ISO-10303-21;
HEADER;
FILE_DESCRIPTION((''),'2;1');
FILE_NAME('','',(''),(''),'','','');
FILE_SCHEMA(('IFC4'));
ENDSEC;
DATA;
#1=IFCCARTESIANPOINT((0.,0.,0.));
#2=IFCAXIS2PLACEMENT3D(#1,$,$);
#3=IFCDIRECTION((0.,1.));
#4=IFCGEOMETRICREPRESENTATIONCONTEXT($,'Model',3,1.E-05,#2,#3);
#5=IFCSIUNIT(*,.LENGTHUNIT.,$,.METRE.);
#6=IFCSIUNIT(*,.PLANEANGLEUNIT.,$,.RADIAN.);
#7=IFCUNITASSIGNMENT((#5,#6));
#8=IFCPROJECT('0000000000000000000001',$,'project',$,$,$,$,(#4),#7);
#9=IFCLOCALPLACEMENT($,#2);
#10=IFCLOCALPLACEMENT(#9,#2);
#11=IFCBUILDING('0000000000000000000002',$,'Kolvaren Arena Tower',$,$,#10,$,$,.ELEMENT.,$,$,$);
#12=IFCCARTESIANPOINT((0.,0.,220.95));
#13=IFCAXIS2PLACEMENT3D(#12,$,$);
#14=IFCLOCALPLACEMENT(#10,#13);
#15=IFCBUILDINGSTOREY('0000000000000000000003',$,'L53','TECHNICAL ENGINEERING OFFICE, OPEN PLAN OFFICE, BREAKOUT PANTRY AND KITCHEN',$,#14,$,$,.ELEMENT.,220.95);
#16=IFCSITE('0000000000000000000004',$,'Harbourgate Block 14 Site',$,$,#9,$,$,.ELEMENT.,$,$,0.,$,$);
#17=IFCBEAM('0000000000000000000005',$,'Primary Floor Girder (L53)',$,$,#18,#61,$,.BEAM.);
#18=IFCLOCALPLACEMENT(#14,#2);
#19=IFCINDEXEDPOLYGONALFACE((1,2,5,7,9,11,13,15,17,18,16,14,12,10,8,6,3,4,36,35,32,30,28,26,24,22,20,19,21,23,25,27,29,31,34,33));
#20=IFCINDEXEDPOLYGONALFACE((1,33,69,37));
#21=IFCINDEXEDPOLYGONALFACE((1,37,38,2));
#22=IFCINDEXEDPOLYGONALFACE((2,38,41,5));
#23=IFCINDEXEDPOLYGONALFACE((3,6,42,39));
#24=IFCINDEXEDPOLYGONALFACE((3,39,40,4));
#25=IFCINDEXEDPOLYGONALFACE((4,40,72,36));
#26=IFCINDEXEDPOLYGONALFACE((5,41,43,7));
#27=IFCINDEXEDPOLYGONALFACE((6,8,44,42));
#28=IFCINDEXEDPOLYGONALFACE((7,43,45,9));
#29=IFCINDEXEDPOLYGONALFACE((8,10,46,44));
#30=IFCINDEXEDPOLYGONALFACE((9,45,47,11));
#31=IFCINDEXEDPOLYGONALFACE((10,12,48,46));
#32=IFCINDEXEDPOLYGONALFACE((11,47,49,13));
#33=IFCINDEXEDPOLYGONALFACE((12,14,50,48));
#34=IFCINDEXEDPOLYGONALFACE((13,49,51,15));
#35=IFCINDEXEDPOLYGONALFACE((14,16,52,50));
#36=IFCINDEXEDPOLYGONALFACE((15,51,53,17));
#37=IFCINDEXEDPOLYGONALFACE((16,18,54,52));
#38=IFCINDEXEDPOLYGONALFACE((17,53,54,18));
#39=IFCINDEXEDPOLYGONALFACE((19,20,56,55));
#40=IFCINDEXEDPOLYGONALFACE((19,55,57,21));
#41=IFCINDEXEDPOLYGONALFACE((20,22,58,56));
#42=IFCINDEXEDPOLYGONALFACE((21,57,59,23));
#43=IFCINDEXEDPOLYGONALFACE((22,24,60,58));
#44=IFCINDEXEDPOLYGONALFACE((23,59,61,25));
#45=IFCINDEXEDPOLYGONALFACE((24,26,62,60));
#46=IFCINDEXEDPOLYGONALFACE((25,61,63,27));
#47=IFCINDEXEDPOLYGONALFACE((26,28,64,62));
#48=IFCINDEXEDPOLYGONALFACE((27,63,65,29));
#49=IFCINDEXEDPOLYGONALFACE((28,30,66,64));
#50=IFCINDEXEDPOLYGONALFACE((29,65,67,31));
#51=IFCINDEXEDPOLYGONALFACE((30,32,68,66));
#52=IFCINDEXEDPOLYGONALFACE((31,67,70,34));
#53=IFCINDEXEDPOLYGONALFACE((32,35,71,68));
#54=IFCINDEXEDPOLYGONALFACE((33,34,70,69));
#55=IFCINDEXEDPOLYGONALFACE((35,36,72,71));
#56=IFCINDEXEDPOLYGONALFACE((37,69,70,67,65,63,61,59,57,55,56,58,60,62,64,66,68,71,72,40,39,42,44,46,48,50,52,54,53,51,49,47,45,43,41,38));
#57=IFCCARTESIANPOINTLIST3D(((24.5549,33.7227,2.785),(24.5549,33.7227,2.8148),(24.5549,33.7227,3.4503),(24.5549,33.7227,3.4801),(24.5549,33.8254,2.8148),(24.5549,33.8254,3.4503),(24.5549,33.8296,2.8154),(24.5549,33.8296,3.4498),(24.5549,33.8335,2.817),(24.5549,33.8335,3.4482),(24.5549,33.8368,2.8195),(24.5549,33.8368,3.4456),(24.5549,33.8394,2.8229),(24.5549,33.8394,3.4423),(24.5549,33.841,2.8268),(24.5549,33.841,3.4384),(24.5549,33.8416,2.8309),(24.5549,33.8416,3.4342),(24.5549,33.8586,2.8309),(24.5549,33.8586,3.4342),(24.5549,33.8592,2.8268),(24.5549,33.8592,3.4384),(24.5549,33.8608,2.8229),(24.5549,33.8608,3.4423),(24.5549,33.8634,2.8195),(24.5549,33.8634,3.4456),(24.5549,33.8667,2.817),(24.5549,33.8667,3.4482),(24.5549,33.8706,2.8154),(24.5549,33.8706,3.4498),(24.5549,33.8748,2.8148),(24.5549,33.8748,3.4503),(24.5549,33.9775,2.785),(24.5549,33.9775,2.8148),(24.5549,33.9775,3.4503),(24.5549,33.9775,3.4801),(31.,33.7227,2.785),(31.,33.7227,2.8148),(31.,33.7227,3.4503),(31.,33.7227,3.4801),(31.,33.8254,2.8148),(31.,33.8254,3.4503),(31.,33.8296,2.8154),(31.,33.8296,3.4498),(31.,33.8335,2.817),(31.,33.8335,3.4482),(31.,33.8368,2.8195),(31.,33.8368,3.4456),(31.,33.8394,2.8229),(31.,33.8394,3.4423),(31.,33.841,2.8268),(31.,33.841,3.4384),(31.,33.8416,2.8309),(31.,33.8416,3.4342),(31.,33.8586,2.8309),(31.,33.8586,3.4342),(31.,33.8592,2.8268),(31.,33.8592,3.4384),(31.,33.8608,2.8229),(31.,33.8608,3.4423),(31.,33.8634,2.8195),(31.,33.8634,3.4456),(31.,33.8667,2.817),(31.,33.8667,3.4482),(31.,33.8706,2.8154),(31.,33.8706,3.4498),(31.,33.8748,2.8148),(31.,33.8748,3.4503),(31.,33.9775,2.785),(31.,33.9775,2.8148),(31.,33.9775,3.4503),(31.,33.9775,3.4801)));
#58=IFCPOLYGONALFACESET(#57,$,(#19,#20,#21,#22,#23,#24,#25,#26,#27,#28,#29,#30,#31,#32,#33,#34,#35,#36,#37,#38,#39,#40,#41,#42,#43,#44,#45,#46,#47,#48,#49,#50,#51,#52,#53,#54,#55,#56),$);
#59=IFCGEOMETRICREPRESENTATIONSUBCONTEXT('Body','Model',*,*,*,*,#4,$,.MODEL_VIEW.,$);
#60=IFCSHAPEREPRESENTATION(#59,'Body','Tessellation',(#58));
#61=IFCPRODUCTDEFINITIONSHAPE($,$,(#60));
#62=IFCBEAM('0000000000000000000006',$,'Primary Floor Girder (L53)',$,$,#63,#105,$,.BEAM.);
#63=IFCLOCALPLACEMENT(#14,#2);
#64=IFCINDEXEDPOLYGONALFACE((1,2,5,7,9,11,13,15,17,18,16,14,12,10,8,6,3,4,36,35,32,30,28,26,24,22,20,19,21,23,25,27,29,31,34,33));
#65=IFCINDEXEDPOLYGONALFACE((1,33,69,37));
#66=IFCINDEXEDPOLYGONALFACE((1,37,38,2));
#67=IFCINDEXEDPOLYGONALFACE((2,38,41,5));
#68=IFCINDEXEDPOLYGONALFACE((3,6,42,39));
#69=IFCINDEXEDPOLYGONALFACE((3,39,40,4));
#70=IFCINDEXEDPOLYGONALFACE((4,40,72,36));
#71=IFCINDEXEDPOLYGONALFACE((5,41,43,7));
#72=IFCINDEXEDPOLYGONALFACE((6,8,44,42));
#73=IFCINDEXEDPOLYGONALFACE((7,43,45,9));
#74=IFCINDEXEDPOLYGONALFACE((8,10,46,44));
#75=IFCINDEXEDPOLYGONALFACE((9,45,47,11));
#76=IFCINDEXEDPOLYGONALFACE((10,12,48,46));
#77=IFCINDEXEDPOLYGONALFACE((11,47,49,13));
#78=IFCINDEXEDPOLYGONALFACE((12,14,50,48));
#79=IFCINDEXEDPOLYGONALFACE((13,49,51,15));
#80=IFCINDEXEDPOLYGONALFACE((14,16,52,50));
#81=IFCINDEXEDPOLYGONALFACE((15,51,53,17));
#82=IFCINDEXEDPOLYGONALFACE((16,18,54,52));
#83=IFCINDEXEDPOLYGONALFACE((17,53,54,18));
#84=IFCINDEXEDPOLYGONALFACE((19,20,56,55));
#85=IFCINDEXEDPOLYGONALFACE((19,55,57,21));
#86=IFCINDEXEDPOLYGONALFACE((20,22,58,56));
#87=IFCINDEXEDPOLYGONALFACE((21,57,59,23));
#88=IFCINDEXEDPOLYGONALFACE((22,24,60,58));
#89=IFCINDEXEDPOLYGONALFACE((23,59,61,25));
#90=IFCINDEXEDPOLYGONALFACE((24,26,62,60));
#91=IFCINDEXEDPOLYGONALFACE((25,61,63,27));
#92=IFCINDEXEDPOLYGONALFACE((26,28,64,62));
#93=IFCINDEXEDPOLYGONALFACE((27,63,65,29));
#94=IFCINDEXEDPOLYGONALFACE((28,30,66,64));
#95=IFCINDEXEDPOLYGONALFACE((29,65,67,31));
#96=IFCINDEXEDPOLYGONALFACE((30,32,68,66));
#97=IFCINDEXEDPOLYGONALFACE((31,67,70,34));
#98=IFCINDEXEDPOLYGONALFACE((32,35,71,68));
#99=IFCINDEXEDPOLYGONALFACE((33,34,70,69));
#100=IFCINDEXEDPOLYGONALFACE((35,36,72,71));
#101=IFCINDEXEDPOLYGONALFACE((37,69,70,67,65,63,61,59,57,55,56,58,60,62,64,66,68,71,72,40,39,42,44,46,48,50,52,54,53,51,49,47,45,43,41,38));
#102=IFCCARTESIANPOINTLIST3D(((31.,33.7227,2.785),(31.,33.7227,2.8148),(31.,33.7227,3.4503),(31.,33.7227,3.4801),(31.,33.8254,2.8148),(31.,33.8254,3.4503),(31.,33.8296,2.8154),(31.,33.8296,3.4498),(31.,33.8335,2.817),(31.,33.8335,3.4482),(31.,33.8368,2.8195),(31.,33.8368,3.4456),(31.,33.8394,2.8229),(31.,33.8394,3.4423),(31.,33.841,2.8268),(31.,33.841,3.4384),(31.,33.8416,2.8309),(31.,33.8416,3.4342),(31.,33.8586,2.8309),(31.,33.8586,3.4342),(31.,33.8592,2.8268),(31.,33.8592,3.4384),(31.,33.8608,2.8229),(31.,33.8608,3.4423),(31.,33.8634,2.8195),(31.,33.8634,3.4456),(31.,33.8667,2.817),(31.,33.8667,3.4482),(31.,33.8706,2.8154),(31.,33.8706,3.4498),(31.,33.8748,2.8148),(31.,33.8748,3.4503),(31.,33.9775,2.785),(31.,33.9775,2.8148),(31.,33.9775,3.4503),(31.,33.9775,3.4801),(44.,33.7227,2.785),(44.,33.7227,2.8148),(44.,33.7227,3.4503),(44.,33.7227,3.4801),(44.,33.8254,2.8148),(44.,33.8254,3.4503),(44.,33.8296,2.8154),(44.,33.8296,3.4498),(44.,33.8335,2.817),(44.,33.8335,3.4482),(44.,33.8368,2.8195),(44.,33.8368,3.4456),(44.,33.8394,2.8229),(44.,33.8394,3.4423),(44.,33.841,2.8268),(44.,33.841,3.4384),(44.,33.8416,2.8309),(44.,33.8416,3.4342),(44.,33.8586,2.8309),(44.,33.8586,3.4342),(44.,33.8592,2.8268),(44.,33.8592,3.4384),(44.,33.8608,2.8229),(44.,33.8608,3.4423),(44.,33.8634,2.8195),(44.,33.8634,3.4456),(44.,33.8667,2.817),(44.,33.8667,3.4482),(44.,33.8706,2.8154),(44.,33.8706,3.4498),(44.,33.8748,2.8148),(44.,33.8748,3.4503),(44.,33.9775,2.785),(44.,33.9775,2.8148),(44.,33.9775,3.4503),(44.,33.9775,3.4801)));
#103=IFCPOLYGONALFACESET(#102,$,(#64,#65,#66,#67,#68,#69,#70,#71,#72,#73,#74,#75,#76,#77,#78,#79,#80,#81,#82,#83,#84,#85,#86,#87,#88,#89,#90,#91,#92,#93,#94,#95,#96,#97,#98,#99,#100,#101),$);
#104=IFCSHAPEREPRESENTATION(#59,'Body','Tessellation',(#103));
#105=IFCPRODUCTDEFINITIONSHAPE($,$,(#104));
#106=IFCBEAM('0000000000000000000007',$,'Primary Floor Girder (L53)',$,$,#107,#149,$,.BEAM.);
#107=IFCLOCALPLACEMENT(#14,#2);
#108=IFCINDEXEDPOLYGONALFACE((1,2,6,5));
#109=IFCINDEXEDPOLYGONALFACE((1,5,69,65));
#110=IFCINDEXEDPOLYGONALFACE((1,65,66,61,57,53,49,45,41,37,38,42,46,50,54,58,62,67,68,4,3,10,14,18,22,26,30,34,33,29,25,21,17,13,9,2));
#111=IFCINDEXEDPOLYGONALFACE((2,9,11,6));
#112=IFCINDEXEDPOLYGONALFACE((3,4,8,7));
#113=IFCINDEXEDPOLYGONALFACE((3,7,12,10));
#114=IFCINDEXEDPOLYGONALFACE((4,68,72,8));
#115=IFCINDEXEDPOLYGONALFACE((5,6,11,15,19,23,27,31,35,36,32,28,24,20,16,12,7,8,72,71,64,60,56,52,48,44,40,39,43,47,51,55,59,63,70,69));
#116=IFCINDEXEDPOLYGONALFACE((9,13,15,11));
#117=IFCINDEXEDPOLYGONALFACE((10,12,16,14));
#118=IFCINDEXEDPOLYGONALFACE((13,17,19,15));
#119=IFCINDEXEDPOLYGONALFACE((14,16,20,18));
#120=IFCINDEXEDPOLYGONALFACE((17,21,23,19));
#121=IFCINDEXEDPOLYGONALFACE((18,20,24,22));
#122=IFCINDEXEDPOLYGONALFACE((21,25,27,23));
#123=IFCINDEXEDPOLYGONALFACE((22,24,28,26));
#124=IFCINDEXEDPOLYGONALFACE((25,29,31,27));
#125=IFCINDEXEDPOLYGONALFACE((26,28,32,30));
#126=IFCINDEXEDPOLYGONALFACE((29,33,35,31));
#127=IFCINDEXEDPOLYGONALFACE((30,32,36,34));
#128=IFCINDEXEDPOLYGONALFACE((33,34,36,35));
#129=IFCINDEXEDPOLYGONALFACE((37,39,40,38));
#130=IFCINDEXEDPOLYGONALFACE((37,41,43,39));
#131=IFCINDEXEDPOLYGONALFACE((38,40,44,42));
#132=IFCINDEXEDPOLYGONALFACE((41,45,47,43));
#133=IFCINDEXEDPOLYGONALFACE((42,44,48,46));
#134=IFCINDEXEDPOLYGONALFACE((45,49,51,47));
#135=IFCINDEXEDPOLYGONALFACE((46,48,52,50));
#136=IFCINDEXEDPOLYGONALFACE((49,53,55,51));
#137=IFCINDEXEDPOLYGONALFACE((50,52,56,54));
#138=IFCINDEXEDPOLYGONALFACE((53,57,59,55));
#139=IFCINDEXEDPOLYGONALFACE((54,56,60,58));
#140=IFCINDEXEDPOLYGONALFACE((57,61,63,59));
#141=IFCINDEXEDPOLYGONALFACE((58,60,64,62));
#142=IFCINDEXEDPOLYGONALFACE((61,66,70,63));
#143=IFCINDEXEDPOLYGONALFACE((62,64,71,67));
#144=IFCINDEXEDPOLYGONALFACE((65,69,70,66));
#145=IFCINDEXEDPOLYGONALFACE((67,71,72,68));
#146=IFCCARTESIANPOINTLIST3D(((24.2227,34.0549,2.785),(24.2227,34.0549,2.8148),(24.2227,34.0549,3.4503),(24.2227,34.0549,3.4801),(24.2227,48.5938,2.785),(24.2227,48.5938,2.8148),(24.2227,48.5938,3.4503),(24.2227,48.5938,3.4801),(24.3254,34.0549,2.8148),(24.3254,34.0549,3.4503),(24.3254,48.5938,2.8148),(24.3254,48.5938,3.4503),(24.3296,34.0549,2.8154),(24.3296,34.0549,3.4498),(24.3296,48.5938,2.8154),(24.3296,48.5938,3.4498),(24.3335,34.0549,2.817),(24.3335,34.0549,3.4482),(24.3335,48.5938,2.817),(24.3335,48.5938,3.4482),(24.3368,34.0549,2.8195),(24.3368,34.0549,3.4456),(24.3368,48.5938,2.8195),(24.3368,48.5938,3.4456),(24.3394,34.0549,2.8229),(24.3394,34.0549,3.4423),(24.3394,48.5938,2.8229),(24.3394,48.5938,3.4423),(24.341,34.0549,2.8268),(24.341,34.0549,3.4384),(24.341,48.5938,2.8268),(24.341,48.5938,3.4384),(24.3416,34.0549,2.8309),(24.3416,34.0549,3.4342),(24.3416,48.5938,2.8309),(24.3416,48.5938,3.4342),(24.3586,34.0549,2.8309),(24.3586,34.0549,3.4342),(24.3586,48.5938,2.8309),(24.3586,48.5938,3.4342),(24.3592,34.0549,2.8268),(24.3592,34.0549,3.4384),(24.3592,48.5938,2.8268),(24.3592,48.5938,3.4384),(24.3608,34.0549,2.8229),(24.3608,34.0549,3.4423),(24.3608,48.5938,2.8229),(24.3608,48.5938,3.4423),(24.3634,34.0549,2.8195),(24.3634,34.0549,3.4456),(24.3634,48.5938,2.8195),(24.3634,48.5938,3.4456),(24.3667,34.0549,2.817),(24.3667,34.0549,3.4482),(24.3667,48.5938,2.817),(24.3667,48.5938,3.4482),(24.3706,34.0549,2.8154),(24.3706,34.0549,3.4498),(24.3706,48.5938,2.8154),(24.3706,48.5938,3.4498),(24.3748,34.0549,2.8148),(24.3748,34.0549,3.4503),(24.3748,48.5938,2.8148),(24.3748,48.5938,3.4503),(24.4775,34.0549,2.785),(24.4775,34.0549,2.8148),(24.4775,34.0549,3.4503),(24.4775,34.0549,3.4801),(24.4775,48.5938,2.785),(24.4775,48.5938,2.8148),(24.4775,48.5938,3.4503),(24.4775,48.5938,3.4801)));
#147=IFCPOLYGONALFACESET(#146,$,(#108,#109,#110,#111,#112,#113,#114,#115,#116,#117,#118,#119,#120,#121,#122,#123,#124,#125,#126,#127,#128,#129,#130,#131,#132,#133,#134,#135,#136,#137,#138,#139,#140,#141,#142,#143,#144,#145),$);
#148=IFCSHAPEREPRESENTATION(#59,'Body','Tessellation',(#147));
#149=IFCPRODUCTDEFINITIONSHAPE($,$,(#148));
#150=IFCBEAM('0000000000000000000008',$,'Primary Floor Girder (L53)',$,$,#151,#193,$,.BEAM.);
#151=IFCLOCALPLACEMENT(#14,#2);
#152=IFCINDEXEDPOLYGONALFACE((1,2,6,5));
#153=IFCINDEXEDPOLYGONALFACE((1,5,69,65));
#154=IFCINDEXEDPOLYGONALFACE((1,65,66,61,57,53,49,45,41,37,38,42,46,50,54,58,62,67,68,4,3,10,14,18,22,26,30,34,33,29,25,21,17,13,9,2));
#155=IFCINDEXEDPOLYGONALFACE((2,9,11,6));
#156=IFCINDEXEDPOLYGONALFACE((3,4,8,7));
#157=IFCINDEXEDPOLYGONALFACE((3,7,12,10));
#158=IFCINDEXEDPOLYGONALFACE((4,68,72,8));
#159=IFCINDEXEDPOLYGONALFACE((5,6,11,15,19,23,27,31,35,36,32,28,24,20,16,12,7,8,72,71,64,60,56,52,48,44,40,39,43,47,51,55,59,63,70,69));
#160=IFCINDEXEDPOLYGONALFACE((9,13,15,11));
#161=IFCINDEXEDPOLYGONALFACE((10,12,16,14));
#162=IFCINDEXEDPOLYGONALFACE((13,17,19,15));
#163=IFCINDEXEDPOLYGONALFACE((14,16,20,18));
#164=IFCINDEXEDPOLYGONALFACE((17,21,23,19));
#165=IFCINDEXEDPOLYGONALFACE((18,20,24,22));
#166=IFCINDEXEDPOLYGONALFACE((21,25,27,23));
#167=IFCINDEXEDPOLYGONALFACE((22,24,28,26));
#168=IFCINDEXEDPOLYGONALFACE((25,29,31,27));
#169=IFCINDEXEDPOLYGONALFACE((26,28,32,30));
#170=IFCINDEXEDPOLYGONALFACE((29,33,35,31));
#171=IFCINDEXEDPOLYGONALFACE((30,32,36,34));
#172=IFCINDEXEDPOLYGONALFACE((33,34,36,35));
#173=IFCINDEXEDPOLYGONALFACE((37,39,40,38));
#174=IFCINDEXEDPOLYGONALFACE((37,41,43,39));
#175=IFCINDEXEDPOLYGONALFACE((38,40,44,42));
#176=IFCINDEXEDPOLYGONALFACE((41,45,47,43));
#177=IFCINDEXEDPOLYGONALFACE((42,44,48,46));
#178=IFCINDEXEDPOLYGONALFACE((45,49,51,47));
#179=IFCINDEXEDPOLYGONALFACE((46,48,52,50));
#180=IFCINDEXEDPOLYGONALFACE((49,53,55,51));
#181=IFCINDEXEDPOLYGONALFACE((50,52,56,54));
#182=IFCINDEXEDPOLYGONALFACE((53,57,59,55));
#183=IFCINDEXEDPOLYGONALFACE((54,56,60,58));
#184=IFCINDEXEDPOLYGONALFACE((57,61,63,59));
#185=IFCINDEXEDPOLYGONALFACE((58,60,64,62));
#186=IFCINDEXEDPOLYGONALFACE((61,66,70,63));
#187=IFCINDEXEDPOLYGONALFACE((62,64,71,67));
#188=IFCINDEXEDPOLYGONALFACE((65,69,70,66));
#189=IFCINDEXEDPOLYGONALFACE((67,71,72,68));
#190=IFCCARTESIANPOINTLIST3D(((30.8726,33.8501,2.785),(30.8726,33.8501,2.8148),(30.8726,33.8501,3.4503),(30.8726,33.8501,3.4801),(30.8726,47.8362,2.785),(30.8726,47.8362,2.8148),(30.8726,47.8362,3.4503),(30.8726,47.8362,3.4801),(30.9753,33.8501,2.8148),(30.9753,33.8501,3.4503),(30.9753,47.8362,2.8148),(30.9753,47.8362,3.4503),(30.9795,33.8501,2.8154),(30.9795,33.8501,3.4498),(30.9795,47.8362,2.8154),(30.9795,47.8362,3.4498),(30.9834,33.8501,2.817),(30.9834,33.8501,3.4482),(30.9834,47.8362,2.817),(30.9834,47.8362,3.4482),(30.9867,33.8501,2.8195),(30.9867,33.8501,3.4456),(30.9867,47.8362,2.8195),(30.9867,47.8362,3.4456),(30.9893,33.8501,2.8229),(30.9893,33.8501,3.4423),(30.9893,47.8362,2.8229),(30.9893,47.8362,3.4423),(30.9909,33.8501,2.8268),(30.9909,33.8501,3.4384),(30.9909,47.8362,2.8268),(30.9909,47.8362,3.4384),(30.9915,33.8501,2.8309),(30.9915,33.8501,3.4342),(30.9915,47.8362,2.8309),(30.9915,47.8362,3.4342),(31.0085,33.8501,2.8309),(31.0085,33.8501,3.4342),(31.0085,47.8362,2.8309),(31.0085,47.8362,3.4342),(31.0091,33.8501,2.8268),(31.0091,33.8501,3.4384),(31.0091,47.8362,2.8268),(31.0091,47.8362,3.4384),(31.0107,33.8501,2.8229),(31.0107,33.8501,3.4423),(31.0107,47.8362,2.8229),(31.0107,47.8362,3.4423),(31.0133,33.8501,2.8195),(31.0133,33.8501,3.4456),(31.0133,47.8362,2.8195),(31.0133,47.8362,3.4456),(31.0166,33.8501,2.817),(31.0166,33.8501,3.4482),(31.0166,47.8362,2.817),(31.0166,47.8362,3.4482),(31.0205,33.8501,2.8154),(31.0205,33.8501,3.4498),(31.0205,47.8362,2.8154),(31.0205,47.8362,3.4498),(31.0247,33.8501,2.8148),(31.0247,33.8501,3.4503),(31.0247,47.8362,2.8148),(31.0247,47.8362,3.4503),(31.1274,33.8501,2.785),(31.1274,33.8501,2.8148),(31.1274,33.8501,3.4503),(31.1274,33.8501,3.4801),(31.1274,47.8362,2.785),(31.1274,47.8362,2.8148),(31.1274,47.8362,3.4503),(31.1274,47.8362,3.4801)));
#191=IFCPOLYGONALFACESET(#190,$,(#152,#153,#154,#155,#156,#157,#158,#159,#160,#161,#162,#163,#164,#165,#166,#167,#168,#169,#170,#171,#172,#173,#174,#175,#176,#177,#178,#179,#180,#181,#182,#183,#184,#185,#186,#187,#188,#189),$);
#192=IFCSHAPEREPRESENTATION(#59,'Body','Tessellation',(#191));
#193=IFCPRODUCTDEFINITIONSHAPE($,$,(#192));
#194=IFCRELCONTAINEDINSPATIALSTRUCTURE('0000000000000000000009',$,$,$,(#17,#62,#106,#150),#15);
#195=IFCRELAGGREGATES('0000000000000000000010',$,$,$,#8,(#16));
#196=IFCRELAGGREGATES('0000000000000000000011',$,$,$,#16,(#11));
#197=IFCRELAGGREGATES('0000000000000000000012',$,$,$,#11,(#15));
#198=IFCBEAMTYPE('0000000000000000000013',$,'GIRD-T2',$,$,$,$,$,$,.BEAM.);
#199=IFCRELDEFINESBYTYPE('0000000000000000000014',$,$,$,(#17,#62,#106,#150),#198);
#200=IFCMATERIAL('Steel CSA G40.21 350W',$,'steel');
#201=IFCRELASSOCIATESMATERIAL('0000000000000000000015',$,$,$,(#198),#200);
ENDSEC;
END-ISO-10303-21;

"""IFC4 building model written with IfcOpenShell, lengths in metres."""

from ifc_helpers import new_model, si_unit, direction, frame, origin, origin_2d, place, context, subcontext, project, spatial, i_section, extrude, material, material_profile, profile_set, type_object, element, save


model = new_model("IFC4")

# Units and contexts
model_context = context("Model", 3, precision=1e-05, world=origin(), true_north=direction((0.0, 1.0)))
body_context = subcontext(model_context, "Body", "Model", "MODEL_VIEW")
ifc_project = project(units=[si_unit("LENGTHUNIT", "METRE"), si_unit("PLANEANGLEUNIT", "RADIAN")], contexts=[model_context])

# Site, building, storey
site_placement = place(None, origin())
site = spatial("IfcSite", under=ifc_project, at=site_placement, Name="Harbourgate Block 14 Site", CompositionType="ELEMENT", RefElevation=0.0)
building_placement = place(site_placement, origin())
building = spatial("IfcBuilding", under=site, at=building_placement, Name="Kolvaren Arena Tower", CompositionType="ELEMENT")
storey_placement = place(building_placement, frame((0.0, 0.0, 220.95)))
storey = spatial("IfcBuildingStorey", under=building, at=storey_placement, Name="L53", Description="TECHNICAL ENGINEERING OFFICE, OPEN PLAN OFFICE, BREAKOUT PANTRY AND KITCHEN", CompositionType="ELEMENT", Elevation=220.95)

# Beams
ifc_material_1 = material(Name="Steel CSA G40.21 350W", Category="steel")
ifc_material_profile_1 = material_profile(ifc_material_1, i_section(OverallWidth=0.2549, OverallDepth=0.6951, WebThickness=0.0171, FlangeThickness=0.0298, FilletRadius=0.0161, at=origin_2d()), Name="W690x217")
ifc_profile_set_1 = profile_set([ifc_material_profile_1], Name="Steel CSA G40.21 350W")
beam_type_1 = type_object("IfcBeamType", Name="GIRD-T2", PredefinedType="BEAM", material=ifc_profile_set_1)
beam_1_placement = place(storey_placement, frame((24.5549, 33.8501, 3.1326), z_axis=(1.0, 0.0, 0.0), x_axis=(0.0, 1.0, 0.0)))
element("IfcBeam", 1, at=beam_1_placement, inside=storey, type_object=beam_type_1, Name="Primary Floor Girder (L53)", PredefinedType="BEAM", context=body_context, shape_type="SweptSolid", body=[
    extrude(i_section(OverallWidth=0.2549, OverallDepth=0.6951, WebThickness=0.0171, FlangeThickness=0.0298, FilletRadius=0.0161, at=origin_2d()), origin(), (0.0, 0.0, 1.0), 6.4451),
])
beam_2_placement = place(storey_placement, frame((31.0, 33.8501, 3.1326), z_axis=(1.0, 0.0, 0.0), x_axis=(0.0, 1.0, 0.0)))
element("IfcBeam", 2, at=beam_2_placement, inside=storey, type_object=beam_type_1, Name="Primary Floor Girder (L53)", PredefinedType="BEAM", context=body_context, shape_type="SweptSolid", body=[
    extrude(i_section(OverallWidth=0.2549, OverallDepth=0.6951, WebThickness=0.0171, FlangeThickness=0.0298, FilletRadius=0.0161, at=origin_2d()), origin(), (0.0, 0.0, 1.0), 13.0),
])
beam_3_placement = place(storey_placement, frame((24.3501, 34.0549, 3.1326), z_axis=(0.0, 1.0, 0.0), x_axis=(-1.0, 0.0, 0.0)))
element("IfcBeam", 3, at=beam_3_placement, inside=storey, type_object=beam_type_1, Name="Primary Floor Girder (L53)", PredefinedType="BEAM", context=body_context, shape_type="SweptSolid", body=[
    extrude(i_section(OverallWidth=0.2549, OverallDepth=0.6951, WebThickness=0.0171, FlangeThickness=0.0298, FilletRadius=0.0161, at=origin_2d()), origin(), (0.0, 0.0, 1.0), 14.5388),
])
beam_4_placement = place(storey_placement, frame((31.0, 33.8501, 3.1326), z_axis=(0.0, 1.0, 0.0), x_axis=(-1.0, 0.0, 0.0)))
element("IfcBeam", 4, at=beam_4_placement, inside=storey, type_object=beam_type_1, Name="Primary Floor Girder (L53)", PredefinedType="BEAM", context=body_context, shape_type="SweptSolid", body=[
    extrude(i_section(OverallWidth=0.2549, OverallDepth=0.6951, WebThickness=0.0171, FlangeThickness=0.0298, FilletRadius=0.0161, at=origin_2d()), origin(), (0.0, 0.0, 1.0), 13.9861),
])

save(model, "model.ifc")
